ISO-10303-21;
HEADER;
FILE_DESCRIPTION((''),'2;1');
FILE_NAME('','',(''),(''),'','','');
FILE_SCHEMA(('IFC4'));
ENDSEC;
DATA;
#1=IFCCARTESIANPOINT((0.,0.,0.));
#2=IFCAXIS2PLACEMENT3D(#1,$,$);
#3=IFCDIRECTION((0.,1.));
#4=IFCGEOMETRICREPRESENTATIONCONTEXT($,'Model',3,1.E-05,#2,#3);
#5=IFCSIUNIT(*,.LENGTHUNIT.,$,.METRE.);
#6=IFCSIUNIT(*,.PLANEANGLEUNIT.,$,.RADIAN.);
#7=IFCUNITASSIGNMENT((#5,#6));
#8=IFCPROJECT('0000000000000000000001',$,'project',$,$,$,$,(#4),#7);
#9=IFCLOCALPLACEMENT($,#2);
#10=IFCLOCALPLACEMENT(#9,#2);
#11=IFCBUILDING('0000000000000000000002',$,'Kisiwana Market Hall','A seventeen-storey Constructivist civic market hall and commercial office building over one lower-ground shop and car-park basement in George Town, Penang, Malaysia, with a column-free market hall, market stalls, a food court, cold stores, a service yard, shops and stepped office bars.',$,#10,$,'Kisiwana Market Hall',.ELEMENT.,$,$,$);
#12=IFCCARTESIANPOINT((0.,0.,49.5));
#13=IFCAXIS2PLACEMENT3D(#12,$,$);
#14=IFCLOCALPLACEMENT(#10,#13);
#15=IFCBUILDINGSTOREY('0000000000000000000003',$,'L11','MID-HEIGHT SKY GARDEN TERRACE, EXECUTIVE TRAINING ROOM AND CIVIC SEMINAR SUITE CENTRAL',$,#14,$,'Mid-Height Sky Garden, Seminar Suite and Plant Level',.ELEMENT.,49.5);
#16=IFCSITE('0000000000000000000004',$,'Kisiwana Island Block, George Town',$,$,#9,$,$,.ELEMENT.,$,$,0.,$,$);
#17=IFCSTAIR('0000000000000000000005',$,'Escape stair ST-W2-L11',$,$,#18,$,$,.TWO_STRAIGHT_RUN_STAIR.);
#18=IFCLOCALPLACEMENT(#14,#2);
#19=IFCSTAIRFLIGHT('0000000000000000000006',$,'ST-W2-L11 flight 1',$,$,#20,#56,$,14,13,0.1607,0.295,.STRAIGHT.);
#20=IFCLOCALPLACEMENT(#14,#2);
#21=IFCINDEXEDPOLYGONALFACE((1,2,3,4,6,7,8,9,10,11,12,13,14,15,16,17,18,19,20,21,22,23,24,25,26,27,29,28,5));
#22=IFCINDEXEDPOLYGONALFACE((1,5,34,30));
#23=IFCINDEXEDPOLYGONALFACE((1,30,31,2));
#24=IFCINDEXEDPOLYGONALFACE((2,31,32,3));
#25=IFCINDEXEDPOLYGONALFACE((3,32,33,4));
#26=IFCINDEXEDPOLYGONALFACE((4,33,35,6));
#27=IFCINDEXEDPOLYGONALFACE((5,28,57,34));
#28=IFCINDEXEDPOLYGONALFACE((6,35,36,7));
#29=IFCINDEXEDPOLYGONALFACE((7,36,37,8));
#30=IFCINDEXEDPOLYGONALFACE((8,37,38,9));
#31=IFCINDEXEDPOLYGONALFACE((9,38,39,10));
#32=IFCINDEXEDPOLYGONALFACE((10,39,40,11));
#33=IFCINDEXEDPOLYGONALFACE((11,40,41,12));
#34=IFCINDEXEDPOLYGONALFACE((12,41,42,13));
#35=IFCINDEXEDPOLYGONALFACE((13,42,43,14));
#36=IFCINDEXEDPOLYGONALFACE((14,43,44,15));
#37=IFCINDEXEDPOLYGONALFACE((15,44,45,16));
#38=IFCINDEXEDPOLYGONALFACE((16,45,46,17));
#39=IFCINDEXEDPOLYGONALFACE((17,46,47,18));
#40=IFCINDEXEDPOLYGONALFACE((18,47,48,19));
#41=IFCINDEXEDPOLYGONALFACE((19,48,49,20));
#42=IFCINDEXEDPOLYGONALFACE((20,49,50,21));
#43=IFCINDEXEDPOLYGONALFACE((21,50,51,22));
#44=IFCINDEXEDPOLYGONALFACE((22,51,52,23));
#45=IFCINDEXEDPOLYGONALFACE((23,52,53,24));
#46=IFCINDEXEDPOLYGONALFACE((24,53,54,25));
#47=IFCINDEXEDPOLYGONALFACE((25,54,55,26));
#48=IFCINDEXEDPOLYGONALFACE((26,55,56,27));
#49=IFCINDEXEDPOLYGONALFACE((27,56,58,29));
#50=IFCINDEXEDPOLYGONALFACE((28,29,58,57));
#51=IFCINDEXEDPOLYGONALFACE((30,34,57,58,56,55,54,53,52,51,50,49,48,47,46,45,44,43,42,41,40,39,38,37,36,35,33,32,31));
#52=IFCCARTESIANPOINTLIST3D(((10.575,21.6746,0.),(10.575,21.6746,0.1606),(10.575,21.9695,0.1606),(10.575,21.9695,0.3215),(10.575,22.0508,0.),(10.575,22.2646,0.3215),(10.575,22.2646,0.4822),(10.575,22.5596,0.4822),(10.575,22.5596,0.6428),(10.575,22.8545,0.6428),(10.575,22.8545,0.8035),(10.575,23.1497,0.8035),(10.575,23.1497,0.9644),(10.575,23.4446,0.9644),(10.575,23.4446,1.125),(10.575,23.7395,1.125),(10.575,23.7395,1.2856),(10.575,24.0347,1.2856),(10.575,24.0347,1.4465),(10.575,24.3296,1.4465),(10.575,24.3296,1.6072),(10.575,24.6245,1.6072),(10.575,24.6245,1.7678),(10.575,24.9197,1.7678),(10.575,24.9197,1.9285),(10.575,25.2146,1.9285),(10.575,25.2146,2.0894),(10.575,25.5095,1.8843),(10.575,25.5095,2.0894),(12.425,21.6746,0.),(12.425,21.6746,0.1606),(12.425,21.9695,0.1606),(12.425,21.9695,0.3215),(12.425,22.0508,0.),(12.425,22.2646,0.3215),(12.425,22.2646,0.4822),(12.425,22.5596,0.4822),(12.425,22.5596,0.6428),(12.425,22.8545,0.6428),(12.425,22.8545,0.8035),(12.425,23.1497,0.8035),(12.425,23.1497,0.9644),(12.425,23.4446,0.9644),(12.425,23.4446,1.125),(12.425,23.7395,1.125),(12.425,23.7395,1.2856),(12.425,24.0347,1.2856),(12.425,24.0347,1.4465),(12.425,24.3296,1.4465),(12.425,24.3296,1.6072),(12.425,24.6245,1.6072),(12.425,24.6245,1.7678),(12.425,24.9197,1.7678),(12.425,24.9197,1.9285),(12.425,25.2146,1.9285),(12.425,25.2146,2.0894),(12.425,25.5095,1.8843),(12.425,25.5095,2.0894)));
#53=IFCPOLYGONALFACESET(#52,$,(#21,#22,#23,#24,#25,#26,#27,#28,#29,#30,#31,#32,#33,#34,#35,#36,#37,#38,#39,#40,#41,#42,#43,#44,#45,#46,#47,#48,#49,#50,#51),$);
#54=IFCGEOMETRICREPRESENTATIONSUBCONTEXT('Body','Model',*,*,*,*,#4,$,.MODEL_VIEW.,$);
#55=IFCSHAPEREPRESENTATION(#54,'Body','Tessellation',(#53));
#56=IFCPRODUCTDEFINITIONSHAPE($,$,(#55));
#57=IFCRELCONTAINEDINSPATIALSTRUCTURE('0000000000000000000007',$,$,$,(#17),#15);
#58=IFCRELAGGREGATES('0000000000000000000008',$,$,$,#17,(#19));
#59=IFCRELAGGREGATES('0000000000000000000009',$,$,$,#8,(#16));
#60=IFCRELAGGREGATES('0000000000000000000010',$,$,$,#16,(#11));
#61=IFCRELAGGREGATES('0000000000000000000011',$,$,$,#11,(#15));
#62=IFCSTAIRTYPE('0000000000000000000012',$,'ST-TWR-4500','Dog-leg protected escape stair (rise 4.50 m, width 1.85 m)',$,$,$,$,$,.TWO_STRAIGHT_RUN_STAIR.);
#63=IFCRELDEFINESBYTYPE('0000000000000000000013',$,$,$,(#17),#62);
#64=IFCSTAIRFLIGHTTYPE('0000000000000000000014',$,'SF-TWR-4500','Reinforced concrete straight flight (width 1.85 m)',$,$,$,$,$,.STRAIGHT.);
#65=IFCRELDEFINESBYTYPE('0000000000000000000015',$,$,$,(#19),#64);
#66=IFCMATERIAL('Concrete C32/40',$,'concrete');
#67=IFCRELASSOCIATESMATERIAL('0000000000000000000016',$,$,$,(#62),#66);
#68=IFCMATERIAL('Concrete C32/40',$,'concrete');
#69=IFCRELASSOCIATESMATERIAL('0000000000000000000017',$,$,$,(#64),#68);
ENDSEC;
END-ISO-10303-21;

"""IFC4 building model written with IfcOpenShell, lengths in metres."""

from ifc_helpers import new_model, si_unit, direction, frame, origin, place, context, subcontext, project, spatial, polyline, outline, extrude, material, type_object, element, aggregate, save


model = new_model("IFC4")

# Units and contexts
model_context = context("Model", 3, precision=1e-05, world=origin(), true_north=direction((0.0, 1.0)))
body_context = subcontext(model_context, "Body", "Model", "MODEL_VIEW")
ifc_project = project(units=[si_unit("LENGTHUNIT", "METRE"), si_unit("PLANEANGLEUNIT", "RADIAN")], contexts=[model_context])

# Site, building, storey
site_placement = place(None, origin())
site = spatial("IfcSite", under=ifc_project, at=site_placement, Name="Kisiwana Island Block, George Town", CompositionType="ELEMENT", RefElevation=0.0)
building_placement = place(site_placement, origin())
building = spatial("IfcBuilding", under=site, at=building_placement, Name="Kisiwana Market Hall", Description="A seventeen-storey Constructivist civic market hall and commercial office building over one lower-ground shop and car-park basement in George Town, Penang, Malaysia, with a column-free market hall, market stalls, a food court, cold stores, a service yard, shops and stepped office bars.", LongName="Kisiwana Market Hall", CompositionType="ELEMENT")
storey_placement = place(building_placement, frame((0.0, 0.0, 49.5)))
storey = spatial("IfcBuildingStorey", under=building, at=storey_placement, Name="L11", Description="MID-HEIGHT SKY GARDEN TERRACE, EXECUTIVE TRAINING ROOM AND CIVIC SEMINAR SUITE CENTRAL", LongName="Mid-Height Sky Garden, Seminar Suite and Plant Level", CompositionType="ELEMENT", Elevation=49.5)

# Stair, stair flight
ifc_material_1 = material(Name="Concrete C32/40", Category="concrete")
stair_type = type_object("IfcStairType", Name="ST-TWR-4500", Description="Dog-leg protected escape stair (rise 4.50 m, width 1.85 m)", PredefinedType="TWO_STRAIGHT_RUN_STAIR", material=ifc_material_1)
stair_placement = place(storey_placement, origin())
stair = element("IfcStair", 1, at=stair_placement, inside=storey, type_object=stair_type, Name="Escape stair ST-W2-L11", PredefinedType="TWO_STRAIGHT_RUN_STAIR")
ifc_material_2 = material(Name="Concrete C32/40", Category="concrete")
stair_flight_type = type_object("IfcStairFlightType", Name="SF-TWR-4500", Description="Reinforced concrete straight flight (width 1.85 m)", PredefinedType="STRAIGHT", material=ifc_material_2)
stair_flight_placement = place(storey_placement, frame((11.5, 21.6746, 0.0), z_axis=(0.0, 0.0, 1.0), x_axis=(0.0, 1.0, 0.0)))
stair_flight = element("IfcStairFlight", 2, at=stair_flight_placement, type_object=stair_flight_type, Name="ST-W2-L11 flight 1", NumberOfRisers=14, NumberOfTreads=13, PredefinedType="STRAIGHT", RiserHeight=0.1607, TreadLength=0.295, context=body_context, shape_type="SweptSolid", body=[
    extrude(outline(polyline([(0.0, 0.0), (0.0, 0.1606), (0.2949, 0.1606), (0.2949, 0.3215), (0.5901, 0.3215), (0.5901, 0.4822), (0.885, 0.4822), (0.885, 0.6428), (1.1799, 0.6428), (1.1799, 0.8035), (1.4751, 0.8035), (1.4751, 0.9644), (1.77, 0.9644), (1.77, 1.125), (2.0649, 1.125), (2.0649, 1.2856), (2.3601, 1.2856), (2.3601, 1.4465), (2.655, 1.4465), (2.655, 1.6072), (2.95, 1.6072), (2.95, 1.7678), (3.2451, 1.7678), (3.2451, 1.9285), (3.54, 1.9285), (3.54, 2.0894), (3.835, 2.0894), (3.835, 2.25), (3.835, 1.8843), (0.3762, 0.0), (0.0, 0.0)])), frame((0.0, 0.925, 0.0), z_axis=(0.0, -1.0, 0.0), x_axis=(1.0, 0.0, 0.0)), (0.0, 0.0, 1.0), 1.8501),
])
aggregate(stair, [stair_flight])

save(model, "model.ifc")
